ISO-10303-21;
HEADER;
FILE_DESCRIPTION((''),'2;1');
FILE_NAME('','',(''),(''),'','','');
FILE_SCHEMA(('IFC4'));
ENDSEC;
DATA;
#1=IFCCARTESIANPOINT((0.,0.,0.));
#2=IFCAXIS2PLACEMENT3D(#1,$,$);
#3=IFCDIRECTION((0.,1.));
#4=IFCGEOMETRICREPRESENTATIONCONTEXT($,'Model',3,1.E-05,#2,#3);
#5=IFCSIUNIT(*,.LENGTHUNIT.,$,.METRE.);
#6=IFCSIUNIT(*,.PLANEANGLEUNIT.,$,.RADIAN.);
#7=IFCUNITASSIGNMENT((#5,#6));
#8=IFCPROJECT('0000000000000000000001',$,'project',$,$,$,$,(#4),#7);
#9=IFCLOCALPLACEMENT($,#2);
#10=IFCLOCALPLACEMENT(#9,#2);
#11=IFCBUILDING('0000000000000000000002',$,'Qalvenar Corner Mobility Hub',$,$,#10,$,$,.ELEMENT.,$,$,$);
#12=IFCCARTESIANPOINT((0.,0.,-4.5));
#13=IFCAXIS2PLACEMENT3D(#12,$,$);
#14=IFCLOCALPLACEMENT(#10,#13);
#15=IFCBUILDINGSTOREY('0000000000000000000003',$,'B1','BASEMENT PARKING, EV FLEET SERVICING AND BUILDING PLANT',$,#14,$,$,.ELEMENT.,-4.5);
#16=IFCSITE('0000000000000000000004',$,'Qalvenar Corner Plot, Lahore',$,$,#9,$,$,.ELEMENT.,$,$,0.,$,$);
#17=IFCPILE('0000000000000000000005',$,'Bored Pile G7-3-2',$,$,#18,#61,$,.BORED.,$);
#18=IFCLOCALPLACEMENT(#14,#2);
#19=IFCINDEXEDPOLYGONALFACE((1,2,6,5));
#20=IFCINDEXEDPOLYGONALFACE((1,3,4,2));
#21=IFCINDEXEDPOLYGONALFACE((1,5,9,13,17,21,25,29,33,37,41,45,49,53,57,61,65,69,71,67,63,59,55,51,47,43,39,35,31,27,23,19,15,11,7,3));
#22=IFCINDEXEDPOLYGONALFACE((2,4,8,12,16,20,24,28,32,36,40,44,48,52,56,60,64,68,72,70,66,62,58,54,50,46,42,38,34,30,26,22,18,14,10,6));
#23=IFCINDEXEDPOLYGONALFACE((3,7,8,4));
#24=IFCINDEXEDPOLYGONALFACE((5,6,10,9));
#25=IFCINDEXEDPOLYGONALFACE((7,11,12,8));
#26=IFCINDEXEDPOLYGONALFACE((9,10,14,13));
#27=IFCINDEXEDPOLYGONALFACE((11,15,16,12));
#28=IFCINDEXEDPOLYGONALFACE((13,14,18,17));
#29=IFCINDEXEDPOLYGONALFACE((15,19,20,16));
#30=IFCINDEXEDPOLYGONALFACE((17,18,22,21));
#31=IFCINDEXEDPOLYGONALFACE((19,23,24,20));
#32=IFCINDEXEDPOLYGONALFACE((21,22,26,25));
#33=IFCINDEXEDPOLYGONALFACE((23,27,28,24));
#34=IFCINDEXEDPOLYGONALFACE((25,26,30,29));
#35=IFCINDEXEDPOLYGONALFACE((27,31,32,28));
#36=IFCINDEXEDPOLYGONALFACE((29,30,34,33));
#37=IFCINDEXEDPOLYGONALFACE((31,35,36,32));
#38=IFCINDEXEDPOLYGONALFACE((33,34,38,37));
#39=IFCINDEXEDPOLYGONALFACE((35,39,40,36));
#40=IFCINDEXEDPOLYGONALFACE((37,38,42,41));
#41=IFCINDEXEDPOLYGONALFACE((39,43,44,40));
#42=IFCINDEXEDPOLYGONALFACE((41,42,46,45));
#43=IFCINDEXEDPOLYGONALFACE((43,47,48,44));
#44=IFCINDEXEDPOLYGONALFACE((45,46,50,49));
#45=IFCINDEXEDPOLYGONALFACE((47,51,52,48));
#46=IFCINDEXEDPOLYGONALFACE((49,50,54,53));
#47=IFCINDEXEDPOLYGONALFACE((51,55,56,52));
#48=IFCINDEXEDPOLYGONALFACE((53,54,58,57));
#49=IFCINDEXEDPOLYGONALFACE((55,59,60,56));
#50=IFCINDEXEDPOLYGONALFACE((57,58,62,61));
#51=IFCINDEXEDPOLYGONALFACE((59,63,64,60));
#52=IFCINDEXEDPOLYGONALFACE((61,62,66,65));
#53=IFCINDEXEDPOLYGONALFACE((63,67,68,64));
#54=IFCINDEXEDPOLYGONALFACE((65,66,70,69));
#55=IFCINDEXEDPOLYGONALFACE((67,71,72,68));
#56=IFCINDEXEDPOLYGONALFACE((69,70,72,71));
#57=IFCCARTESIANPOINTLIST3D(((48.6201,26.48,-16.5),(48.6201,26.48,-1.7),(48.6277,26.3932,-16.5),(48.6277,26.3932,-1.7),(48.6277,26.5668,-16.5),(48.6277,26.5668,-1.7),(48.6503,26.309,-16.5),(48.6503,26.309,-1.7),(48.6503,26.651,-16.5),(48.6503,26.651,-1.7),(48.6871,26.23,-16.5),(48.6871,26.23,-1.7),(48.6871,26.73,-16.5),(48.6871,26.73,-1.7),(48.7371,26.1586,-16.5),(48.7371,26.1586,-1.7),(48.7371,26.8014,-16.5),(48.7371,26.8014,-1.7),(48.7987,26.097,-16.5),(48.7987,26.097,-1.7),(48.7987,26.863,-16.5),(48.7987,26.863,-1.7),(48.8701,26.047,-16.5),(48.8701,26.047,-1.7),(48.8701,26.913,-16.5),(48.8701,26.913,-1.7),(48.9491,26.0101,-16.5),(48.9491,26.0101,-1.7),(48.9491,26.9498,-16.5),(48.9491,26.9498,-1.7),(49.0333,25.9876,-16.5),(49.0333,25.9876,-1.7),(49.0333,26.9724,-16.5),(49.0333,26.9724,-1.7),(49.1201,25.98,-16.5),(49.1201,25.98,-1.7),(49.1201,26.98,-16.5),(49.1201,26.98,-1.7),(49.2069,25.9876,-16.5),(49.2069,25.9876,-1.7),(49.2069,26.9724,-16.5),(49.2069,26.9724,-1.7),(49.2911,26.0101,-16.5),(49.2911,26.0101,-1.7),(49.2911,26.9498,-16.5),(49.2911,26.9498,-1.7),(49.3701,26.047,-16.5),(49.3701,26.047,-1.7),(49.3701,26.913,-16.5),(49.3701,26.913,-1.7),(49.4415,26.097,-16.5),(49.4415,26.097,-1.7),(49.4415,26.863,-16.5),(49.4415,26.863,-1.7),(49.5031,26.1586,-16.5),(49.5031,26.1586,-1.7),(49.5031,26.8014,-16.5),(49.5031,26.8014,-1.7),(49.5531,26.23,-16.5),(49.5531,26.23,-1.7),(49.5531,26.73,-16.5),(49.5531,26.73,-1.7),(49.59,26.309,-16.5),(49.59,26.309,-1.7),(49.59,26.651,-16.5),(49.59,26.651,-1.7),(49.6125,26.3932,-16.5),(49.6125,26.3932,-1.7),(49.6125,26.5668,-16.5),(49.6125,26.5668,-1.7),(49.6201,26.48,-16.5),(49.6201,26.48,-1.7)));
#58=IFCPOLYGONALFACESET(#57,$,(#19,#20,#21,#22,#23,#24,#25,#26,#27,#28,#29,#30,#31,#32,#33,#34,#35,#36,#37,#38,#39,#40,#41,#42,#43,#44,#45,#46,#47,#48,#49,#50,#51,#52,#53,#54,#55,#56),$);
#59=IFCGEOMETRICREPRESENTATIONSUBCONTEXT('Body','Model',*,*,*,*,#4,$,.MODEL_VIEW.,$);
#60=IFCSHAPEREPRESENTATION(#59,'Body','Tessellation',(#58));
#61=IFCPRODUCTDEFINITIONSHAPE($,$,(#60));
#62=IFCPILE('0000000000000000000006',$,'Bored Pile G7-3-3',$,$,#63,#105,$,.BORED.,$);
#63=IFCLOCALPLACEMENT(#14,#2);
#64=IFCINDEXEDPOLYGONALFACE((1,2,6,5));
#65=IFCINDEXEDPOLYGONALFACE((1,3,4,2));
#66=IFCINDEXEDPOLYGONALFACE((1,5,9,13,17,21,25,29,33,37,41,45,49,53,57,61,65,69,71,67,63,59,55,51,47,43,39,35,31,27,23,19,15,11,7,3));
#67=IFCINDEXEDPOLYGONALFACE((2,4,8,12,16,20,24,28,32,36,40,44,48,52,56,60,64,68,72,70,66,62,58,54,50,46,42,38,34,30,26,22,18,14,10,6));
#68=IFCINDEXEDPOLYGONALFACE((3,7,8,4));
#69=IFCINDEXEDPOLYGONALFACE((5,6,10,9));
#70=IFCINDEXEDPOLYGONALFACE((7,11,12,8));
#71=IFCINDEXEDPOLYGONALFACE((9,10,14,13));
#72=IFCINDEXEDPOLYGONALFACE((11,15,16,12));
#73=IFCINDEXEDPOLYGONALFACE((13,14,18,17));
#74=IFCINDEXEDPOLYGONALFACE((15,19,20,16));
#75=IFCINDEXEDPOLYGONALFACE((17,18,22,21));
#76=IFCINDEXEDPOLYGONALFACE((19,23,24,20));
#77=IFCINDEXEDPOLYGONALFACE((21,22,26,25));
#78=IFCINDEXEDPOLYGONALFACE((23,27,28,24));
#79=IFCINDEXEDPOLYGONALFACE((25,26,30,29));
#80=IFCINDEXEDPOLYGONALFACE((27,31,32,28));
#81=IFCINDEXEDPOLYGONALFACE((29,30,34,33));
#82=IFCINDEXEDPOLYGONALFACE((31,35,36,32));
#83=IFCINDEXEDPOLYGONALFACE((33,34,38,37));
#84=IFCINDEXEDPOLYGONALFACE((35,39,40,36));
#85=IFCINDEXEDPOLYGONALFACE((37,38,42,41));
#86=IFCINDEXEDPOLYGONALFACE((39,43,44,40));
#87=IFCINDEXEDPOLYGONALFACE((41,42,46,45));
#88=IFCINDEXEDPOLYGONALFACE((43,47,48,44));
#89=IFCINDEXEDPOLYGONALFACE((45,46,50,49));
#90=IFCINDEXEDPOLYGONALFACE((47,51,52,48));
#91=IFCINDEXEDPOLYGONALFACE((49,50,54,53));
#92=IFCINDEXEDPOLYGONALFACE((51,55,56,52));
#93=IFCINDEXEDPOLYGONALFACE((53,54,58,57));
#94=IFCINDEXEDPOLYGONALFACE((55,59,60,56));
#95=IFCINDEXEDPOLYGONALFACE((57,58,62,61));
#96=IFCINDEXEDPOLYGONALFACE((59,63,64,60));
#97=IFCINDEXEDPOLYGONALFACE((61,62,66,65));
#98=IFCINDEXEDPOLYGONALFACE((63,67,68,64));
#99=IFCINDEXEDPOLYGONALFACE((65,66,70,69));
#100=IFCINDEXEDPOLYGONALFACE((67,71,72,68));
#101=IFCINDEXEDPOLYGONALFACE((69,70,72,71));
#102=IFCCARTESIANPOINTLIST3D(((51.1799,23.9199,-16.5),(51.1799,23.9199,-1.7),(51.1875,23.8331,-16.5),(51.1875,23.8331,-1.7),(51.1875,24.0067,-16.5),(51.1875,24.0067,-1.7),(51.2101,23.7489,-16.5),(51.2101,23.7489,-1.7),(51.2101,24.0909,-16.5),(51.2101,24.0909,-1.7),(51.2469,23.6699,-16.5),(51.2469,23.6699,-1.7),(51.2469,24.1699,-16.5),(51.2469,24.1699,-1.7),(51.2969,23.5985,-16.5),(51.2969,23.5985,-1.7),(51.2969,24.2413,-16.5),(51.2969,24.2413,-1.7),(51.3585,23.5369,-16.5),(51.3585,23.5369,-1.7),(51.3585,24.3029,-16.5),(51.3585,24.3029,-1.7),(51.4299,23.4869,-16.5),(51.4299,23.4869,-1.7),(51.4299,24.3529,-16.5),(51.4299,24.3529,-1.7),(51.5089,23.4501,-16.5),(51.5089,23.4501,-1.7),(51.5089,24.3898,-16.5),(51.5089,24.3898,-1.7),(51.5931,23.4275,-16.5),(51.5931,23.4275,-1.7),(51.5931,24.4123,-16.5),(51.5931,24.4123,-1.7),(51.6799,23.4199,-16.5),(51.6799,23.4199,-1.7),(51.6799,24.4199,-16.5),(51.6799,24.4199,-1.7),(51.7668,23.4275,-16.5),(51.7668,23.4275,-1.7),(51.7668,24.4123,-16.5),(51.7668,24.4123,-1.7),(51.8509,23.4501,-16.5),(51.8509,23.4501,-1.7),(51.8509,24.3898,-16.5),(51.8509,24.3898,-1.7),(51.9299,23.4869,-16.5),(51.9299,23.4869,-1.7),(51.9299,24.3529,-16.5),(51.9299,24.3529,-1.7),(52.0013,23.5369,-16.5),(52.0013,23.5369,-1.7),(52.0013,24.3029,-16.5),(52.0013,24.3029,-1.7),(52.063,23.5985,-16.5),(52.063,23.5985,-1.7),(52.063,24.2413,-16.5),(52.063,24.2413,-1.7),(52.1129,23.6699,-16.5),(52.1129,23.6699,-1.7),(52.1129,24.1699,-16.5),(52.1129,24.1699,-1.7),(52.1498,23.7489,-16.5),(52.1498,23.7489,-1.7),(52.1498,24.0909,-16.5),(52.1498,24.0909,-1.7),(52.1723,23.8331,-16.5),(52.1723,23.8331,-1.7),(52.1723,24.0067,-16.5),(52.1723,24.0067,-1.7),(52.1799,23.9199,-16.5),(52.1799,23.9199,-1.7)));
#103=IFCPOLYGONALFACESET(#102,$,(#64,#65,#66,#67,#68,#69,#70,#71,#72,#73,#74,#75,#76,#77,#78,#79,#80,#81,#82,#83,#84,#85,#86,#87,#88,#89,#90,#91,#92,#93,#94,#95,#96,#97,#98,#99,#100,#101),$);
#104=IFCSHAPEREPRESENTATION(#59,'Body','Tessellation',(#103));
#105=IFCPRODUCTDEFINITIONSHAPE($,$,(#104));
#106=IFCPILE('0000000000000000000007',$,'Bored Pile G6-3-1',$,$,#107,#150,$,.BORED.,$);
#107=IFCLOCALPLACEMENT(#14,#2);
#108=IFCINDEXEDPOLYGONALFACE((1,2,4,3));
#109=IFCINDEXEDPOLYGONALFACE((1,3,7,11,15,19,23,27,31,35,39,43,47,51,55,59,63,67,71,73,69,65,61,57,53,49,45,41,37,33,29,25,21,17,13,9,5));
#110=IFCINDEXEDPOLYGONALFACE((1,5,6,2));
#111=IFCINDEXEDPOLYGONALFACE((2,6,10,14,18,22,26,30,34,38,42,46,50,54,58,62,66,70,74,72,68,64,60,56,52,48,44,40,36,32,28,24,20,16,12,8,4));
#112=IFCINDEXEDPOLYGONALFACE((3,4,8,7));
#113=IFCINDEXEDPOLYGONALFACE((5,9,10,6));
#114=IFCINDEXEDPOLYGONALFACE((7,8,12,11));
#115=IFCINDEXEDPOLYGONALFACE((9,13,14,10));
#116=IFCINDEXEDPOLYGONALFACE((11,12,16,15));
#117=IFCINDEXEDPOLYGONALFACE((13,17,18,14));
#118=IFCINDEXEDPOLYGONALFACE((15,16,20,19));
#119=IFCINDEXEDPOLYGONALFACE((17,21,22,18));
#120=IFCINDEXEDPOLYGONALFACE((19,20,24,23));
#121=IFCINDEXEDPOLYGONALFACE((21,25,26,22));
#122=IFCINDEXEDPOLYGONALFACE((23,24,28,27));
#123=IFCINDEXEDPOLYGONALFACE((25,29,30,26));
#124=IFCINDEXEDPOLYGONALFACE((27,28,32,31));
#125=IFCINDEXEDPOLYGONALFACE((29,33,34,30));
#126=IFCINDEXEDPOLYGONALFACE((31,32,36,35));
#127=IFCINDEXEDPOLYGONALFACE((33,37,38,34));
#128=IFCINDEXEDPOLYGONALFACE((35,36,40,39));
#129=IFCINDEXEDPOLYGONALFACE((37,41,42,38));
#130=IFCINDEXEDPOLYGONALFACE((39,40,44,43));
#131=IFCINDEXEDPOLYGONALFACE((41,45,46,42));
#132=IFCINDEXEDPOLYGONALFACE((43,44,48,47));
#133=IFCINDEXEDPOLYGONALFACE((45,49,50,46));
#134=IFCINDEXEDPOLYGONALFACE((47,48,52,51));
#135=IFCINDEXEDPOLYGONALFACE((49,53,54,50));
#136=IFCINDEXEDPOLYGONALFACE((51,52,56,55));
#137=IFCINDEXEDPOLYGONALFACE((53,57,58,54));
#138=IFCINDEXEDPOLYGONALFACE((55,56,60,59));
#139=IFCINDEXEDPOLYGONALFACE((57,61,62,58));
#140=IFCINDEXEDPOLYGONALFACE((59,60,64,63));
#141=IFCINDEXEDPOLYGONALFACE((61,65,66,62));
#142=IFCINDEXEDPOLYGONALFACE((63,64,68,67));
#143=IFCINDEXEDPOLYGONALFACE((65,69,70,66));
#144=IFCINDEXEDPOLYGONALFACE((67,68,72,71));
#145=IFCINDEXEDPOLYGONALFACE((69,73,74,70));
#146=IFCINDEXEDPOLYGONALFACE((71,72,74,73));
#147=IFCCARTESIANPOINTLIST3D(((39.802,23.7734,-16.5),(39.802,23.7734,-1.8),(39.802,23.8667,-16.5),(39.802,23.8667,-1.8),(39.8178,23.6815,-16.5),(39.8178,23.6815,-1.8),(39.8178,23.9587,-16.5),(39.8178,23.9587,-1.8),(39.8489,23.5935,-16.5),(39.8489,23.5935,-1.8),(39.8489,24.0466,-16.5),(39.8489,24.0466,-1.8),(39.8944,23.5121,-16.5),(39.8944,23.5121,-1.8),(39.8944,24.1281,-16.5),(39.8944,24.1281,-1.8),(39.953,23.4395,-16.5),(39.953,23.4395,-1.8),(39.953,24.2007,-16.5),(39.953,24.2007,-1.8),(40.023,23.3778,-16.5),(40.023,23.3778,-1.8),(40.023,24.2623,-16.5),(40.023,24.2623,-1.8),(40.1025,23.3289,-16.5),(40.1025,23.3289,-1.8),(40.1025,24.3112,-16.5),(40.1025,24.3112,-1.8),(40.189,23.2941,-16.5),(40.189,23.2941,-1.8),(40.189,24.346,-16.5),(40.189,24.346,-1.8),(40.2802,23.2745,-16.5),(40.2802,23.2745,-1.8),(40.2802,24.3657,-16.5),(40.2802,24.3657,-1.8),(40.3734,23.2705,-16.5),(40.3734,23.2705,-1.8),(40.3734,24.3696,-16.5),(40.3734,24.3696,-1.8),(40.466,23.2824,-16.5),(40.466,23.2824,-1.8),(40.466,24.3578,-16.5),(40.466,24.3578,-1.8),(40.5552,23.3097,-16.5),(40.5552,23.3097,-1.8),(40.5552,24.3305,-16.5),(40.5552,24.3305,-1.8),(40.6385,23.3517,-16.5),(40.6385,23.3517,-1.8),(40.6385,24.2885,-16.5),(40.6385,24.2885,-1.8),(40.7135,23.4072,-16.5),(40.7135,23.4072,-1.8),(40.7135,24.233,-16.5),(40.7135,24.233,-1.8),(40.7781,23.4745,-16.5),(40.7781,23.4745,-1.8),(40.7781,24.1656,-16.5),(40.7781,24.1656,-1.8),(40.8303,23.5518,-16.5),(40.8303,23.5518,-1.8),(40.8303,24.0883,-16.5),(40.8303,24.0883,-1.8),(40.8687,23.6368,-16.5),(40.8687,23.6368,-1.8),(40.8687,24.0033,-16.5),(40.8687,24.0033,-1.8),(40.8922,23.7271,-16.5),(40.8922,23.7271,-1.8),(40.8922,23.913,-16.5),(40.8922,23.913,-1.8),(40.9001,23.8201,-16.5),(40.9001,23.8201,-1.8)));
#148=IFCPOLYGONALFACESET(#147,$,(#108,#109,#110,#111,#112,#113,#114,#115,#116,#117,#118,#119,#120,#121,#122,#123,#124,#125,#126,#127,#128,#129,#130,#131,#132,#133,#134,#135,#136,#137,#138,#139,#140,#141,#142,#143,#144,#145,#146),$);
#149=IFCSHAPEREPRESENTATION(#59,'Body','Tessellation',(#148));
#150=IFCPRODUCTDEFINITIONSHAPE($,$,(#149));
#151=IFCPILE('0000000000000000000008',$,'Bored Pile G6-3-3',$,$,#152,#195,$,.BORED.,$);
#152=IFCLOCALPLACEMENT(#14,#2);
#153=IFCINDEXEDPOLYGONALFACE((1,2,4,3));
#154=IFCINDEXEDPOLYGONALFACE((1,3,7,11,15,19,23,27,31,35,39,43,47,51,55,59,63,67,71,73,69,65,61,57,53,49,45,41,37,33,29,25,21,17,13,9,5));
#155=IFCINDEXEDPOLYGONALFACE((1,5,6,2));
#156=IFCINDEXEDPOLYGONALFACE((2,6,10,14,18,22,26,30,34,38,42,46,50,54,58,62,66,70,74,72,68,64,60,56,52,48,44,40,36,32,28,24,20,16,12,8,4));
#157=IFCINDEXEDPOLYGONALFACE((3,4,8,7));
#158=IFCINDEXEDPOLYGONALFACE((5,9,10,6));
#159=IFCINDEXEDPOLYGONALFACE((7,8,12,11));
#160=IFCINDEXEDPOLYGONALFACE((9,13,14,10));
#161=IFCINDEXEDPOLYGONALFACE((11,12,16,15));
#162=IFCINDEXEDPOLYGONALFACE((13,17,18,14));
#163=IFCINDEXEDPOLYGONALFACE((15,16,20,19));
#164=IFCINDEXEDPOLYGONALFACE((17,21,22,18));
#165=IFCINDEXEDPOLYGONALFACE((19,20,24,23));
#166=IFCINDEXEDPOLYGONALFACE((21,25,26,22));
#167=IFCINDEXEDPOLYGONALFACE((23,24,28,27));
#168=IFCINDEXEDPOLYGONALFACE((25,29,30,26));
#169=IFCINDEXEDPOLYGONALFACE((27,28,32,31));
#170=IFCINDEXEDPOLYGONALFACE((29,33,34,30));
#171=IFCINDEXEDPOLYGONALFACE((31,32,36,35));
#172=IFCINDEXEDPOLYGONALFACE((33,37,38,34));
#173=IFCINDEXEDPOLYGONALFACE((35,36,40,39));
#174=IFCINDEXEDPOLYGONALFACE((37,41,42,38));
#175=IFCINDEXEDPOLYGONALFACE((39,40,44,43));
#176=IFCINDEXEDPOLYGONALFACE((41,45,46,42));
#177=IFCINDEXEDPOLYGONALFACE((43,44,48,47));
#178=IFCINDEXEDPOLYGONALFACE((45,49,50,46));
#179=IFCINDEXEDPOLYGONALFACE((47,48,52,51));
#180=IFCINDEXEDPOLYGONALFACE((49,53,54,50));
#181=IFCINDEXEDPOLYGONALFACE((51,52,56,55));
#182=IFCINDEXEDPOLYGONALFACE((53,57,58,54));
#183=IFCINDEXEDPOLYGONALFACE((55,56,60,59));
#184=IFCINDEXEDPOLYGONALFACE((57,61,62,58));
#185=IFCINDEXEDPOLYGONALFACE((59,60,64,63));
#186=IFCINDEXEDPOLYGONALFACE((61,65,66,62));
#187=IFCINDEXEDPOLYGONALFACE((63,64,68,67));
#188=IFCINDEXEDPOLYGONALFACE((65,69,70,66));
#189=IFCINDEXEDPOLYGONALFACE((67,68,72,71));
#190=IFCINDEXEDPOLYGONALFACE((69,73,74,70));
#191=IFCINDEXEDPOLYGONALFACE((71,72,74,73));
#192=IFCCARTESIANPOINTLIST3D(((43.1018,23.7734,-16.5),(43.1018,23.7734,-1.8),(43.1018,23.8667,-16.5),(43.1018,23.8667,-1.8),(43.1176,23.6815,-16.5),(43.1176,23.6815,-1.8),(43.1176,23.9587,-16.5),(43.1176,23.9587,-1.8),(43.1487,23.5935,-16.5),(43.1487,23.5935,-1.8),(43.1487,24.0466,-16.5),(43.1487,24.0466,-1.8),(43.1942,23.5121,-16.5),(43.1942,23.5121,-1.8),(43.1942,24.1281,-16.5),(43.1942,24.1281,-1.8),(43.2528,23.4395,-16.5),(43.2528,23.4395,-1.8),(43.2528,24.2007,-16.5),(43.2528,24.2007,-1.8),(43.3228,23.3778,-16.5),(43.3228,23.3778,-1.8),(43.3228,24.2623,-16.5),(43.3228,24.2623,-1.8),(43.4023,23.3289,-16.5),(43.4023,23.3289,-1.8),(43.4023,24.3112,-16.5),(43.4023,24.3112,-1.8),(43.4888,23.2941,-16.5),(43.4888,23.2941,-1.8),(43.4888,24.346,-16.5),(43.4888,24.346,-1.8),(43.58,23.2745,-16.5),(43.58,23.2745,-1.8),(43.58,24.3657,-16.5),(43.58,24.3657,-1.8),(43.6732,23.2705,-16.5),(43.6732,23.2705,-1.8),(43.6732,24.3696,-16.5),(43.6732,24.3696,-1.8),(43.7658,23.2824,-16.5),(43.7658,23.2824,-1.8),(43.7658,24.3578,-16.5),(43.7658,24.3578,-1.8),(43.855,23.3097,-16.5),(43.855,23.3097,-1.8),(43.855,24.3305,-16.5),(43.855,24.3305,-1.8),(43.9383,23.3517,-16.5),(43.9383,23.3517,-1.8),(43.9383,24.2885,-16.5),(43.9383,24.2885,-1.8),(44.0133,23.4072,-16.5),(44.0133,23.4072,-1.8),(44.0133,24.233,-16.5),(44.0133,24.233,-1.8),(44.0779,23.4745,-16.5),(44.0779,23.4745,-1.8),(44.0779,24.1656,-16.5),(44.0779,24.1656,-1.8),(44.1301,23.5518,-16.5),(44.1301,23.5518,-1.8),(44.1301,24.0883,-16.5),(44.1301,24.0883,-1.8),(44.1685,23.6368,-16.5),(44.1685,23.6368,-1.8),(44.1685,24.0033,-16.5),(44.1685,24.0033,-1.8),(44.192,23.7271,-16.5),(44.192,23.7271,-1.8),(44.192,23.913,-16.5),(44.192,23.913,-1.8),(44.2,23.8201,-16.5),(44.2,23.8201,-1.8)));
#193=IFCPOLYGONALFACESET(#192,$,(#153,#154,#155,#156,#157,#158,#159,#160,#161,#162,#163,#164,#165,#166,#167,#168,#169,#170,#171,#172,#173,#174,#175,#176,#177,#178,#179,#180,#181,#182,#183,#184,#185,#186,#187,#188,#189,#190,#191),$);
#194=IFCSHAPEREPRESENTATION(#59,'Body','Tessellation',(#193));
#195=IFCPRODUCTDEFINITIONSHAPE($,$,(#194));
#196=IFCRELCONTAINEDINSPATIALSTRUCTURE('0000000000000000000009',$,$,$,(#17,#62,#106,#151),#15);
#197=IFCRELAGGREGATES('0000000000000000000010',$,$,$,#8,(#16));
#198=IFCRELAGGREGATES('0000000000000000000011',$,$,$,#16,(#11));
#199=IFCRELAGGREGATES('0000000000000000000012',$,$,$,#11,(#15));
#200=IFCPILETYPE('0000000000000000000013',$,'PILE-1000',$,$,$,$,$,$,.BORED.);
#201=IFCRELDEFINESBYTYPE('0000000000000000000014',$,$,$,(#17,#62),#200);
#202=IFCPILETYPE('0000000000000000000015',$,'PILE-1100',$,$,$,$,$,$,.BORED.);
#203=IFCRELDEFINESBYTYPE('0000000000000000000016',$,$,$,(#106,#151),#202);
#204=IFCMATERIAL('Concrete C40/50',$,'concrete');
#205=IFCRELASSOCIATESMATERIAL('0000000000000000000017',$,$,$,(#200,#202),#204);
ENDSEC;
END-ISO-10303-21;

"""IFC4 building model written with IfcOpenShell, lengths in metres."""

from ifc_helpers import new_model, si_unit, direction, frame, origin, origin_2d, place, context, subcontext, project, spatial, circle, extrude, material, material_profile, profile_set, type_object, element, save


model = new_model("IFC4")

# Units and contexts
model_context = context("Model", 3, precision=1e-05, world=origin(), true_north=direction((0.0, 1.0)))
body_context = subcontext(model_context, "Body", "Model", "MODEL_VIEW")
ifc_project = project(units=[si_unit("LENGTHUNIT", "METRE"), si_unit("PLANEANGLEUNIT", "RADIAN")], contexts=[model_context])

# Site, building, storey
site_placement = place(None, origin())
site = spatial("IfcSite", under=ifc_project, at=site_placement, Name="Qalvenar Corner Plot, Lahore", CompositionType="ELEMENT", RefElevation=0.0)
building_placement = place(site_placement, origin())
building = spatial("IfcBuilding", under=site, at=building_placement, Name="Qalvenar Corner Mobility Hub", CompositionType="ELEMENT")
storey_placement = place(building_placement, frame((0.0, 0.0, -4.5)))
storey = spatial("IfcBuildingStorey", under=building, at=storey_placement, Name="B1", Description="BASEMENT PARKING, EV FLEET SERVICING AND BUILDING PLANT", CompositionType="ELEMENT", Elevation=-4.5)

# Shared definitions
ifc_material_1 = material(Name="Concrete C40/50", Category="concrete")

# Piles
ifc_material_profile_1 = material_profile(ifc_material_1, circle(Radius=0.5, at=origin_2d()), Name="DIA1000")
ifc_profile_set_1 = profile_set([ifc_material_profile_1], Name="Concrete C40/50")
pile_type_1 = type_object("IfcPileType", Name="PILE-1000", PredefinedType="BORED", material=ifc_profile_set_1)
for number, where, z_axis, x_axis, name in (
    (1, (49.1201, 26.48, -1.7), (0.0, 0.0, -1.0), (1.0, 0.0, 0.0), "Bored Pile G7-3-2"),
    (2, (51.6799, 23.9199, -1.7), (0.0, 0.0, -1.0), (1.0, 0.0, 0.0), "Bored Pile G7-3-3"),
):
    element("IfcPile", number, at=place(storey_placement, frame(where, z_axis=z_axis, x_axis=x_axis)), inside=storey, type_object=pile_type_1, Name=name, PredefinedType="BORED", context=body_context, shape_type="SweptSolid", body=[
        extrude(circle(Radius=0.5, at=origin_2d()), origin(), (0.0, 0.0, 1.0), 14.8),
    ])
ifc_material_profile_2 = material_profile(ifc_material_1, circle(Radius=0.55, at=origin_2d()), Name="DIA1100")
ifc_profile_set_2 = profile_set([ifc_material_profile_2], Name="Concrete C40/50")
pile_type_2 = type_object("IfcPileType", Name="PILE-1100", PredefinedType="BORED", material=ifc_profile_set_2)
for number, where, z_axis, x_axis, name in (
    (3, (40.3501, 23.8201, -1.8), (0.0, 0.0, -1.0), (1.0, 0.0, 0.0), "Bored Pile G6-3-1"),
    (4, (43.6499, 23.8201, -1.8), (0.0, 0.0, -1.0), (1.0, 0.0, 0.0), "Bored Pile G6-3-3"),
):
    element("IfcPile", number, at=place(storey_placement, frame(where, z_axis=z_axis, x_axis=x_axis)), inside=storey, type_object=pile_type_2, Name=name, PredefinedType="BORED", context=body_context, shape_type="SweptSolid", body=[
        extrude(circle(Radius=0.55, at=origin_2d()), origin(), (0.0, 0.0, 1.0), 14.7),
    ])

save(model, "model.ifc")
